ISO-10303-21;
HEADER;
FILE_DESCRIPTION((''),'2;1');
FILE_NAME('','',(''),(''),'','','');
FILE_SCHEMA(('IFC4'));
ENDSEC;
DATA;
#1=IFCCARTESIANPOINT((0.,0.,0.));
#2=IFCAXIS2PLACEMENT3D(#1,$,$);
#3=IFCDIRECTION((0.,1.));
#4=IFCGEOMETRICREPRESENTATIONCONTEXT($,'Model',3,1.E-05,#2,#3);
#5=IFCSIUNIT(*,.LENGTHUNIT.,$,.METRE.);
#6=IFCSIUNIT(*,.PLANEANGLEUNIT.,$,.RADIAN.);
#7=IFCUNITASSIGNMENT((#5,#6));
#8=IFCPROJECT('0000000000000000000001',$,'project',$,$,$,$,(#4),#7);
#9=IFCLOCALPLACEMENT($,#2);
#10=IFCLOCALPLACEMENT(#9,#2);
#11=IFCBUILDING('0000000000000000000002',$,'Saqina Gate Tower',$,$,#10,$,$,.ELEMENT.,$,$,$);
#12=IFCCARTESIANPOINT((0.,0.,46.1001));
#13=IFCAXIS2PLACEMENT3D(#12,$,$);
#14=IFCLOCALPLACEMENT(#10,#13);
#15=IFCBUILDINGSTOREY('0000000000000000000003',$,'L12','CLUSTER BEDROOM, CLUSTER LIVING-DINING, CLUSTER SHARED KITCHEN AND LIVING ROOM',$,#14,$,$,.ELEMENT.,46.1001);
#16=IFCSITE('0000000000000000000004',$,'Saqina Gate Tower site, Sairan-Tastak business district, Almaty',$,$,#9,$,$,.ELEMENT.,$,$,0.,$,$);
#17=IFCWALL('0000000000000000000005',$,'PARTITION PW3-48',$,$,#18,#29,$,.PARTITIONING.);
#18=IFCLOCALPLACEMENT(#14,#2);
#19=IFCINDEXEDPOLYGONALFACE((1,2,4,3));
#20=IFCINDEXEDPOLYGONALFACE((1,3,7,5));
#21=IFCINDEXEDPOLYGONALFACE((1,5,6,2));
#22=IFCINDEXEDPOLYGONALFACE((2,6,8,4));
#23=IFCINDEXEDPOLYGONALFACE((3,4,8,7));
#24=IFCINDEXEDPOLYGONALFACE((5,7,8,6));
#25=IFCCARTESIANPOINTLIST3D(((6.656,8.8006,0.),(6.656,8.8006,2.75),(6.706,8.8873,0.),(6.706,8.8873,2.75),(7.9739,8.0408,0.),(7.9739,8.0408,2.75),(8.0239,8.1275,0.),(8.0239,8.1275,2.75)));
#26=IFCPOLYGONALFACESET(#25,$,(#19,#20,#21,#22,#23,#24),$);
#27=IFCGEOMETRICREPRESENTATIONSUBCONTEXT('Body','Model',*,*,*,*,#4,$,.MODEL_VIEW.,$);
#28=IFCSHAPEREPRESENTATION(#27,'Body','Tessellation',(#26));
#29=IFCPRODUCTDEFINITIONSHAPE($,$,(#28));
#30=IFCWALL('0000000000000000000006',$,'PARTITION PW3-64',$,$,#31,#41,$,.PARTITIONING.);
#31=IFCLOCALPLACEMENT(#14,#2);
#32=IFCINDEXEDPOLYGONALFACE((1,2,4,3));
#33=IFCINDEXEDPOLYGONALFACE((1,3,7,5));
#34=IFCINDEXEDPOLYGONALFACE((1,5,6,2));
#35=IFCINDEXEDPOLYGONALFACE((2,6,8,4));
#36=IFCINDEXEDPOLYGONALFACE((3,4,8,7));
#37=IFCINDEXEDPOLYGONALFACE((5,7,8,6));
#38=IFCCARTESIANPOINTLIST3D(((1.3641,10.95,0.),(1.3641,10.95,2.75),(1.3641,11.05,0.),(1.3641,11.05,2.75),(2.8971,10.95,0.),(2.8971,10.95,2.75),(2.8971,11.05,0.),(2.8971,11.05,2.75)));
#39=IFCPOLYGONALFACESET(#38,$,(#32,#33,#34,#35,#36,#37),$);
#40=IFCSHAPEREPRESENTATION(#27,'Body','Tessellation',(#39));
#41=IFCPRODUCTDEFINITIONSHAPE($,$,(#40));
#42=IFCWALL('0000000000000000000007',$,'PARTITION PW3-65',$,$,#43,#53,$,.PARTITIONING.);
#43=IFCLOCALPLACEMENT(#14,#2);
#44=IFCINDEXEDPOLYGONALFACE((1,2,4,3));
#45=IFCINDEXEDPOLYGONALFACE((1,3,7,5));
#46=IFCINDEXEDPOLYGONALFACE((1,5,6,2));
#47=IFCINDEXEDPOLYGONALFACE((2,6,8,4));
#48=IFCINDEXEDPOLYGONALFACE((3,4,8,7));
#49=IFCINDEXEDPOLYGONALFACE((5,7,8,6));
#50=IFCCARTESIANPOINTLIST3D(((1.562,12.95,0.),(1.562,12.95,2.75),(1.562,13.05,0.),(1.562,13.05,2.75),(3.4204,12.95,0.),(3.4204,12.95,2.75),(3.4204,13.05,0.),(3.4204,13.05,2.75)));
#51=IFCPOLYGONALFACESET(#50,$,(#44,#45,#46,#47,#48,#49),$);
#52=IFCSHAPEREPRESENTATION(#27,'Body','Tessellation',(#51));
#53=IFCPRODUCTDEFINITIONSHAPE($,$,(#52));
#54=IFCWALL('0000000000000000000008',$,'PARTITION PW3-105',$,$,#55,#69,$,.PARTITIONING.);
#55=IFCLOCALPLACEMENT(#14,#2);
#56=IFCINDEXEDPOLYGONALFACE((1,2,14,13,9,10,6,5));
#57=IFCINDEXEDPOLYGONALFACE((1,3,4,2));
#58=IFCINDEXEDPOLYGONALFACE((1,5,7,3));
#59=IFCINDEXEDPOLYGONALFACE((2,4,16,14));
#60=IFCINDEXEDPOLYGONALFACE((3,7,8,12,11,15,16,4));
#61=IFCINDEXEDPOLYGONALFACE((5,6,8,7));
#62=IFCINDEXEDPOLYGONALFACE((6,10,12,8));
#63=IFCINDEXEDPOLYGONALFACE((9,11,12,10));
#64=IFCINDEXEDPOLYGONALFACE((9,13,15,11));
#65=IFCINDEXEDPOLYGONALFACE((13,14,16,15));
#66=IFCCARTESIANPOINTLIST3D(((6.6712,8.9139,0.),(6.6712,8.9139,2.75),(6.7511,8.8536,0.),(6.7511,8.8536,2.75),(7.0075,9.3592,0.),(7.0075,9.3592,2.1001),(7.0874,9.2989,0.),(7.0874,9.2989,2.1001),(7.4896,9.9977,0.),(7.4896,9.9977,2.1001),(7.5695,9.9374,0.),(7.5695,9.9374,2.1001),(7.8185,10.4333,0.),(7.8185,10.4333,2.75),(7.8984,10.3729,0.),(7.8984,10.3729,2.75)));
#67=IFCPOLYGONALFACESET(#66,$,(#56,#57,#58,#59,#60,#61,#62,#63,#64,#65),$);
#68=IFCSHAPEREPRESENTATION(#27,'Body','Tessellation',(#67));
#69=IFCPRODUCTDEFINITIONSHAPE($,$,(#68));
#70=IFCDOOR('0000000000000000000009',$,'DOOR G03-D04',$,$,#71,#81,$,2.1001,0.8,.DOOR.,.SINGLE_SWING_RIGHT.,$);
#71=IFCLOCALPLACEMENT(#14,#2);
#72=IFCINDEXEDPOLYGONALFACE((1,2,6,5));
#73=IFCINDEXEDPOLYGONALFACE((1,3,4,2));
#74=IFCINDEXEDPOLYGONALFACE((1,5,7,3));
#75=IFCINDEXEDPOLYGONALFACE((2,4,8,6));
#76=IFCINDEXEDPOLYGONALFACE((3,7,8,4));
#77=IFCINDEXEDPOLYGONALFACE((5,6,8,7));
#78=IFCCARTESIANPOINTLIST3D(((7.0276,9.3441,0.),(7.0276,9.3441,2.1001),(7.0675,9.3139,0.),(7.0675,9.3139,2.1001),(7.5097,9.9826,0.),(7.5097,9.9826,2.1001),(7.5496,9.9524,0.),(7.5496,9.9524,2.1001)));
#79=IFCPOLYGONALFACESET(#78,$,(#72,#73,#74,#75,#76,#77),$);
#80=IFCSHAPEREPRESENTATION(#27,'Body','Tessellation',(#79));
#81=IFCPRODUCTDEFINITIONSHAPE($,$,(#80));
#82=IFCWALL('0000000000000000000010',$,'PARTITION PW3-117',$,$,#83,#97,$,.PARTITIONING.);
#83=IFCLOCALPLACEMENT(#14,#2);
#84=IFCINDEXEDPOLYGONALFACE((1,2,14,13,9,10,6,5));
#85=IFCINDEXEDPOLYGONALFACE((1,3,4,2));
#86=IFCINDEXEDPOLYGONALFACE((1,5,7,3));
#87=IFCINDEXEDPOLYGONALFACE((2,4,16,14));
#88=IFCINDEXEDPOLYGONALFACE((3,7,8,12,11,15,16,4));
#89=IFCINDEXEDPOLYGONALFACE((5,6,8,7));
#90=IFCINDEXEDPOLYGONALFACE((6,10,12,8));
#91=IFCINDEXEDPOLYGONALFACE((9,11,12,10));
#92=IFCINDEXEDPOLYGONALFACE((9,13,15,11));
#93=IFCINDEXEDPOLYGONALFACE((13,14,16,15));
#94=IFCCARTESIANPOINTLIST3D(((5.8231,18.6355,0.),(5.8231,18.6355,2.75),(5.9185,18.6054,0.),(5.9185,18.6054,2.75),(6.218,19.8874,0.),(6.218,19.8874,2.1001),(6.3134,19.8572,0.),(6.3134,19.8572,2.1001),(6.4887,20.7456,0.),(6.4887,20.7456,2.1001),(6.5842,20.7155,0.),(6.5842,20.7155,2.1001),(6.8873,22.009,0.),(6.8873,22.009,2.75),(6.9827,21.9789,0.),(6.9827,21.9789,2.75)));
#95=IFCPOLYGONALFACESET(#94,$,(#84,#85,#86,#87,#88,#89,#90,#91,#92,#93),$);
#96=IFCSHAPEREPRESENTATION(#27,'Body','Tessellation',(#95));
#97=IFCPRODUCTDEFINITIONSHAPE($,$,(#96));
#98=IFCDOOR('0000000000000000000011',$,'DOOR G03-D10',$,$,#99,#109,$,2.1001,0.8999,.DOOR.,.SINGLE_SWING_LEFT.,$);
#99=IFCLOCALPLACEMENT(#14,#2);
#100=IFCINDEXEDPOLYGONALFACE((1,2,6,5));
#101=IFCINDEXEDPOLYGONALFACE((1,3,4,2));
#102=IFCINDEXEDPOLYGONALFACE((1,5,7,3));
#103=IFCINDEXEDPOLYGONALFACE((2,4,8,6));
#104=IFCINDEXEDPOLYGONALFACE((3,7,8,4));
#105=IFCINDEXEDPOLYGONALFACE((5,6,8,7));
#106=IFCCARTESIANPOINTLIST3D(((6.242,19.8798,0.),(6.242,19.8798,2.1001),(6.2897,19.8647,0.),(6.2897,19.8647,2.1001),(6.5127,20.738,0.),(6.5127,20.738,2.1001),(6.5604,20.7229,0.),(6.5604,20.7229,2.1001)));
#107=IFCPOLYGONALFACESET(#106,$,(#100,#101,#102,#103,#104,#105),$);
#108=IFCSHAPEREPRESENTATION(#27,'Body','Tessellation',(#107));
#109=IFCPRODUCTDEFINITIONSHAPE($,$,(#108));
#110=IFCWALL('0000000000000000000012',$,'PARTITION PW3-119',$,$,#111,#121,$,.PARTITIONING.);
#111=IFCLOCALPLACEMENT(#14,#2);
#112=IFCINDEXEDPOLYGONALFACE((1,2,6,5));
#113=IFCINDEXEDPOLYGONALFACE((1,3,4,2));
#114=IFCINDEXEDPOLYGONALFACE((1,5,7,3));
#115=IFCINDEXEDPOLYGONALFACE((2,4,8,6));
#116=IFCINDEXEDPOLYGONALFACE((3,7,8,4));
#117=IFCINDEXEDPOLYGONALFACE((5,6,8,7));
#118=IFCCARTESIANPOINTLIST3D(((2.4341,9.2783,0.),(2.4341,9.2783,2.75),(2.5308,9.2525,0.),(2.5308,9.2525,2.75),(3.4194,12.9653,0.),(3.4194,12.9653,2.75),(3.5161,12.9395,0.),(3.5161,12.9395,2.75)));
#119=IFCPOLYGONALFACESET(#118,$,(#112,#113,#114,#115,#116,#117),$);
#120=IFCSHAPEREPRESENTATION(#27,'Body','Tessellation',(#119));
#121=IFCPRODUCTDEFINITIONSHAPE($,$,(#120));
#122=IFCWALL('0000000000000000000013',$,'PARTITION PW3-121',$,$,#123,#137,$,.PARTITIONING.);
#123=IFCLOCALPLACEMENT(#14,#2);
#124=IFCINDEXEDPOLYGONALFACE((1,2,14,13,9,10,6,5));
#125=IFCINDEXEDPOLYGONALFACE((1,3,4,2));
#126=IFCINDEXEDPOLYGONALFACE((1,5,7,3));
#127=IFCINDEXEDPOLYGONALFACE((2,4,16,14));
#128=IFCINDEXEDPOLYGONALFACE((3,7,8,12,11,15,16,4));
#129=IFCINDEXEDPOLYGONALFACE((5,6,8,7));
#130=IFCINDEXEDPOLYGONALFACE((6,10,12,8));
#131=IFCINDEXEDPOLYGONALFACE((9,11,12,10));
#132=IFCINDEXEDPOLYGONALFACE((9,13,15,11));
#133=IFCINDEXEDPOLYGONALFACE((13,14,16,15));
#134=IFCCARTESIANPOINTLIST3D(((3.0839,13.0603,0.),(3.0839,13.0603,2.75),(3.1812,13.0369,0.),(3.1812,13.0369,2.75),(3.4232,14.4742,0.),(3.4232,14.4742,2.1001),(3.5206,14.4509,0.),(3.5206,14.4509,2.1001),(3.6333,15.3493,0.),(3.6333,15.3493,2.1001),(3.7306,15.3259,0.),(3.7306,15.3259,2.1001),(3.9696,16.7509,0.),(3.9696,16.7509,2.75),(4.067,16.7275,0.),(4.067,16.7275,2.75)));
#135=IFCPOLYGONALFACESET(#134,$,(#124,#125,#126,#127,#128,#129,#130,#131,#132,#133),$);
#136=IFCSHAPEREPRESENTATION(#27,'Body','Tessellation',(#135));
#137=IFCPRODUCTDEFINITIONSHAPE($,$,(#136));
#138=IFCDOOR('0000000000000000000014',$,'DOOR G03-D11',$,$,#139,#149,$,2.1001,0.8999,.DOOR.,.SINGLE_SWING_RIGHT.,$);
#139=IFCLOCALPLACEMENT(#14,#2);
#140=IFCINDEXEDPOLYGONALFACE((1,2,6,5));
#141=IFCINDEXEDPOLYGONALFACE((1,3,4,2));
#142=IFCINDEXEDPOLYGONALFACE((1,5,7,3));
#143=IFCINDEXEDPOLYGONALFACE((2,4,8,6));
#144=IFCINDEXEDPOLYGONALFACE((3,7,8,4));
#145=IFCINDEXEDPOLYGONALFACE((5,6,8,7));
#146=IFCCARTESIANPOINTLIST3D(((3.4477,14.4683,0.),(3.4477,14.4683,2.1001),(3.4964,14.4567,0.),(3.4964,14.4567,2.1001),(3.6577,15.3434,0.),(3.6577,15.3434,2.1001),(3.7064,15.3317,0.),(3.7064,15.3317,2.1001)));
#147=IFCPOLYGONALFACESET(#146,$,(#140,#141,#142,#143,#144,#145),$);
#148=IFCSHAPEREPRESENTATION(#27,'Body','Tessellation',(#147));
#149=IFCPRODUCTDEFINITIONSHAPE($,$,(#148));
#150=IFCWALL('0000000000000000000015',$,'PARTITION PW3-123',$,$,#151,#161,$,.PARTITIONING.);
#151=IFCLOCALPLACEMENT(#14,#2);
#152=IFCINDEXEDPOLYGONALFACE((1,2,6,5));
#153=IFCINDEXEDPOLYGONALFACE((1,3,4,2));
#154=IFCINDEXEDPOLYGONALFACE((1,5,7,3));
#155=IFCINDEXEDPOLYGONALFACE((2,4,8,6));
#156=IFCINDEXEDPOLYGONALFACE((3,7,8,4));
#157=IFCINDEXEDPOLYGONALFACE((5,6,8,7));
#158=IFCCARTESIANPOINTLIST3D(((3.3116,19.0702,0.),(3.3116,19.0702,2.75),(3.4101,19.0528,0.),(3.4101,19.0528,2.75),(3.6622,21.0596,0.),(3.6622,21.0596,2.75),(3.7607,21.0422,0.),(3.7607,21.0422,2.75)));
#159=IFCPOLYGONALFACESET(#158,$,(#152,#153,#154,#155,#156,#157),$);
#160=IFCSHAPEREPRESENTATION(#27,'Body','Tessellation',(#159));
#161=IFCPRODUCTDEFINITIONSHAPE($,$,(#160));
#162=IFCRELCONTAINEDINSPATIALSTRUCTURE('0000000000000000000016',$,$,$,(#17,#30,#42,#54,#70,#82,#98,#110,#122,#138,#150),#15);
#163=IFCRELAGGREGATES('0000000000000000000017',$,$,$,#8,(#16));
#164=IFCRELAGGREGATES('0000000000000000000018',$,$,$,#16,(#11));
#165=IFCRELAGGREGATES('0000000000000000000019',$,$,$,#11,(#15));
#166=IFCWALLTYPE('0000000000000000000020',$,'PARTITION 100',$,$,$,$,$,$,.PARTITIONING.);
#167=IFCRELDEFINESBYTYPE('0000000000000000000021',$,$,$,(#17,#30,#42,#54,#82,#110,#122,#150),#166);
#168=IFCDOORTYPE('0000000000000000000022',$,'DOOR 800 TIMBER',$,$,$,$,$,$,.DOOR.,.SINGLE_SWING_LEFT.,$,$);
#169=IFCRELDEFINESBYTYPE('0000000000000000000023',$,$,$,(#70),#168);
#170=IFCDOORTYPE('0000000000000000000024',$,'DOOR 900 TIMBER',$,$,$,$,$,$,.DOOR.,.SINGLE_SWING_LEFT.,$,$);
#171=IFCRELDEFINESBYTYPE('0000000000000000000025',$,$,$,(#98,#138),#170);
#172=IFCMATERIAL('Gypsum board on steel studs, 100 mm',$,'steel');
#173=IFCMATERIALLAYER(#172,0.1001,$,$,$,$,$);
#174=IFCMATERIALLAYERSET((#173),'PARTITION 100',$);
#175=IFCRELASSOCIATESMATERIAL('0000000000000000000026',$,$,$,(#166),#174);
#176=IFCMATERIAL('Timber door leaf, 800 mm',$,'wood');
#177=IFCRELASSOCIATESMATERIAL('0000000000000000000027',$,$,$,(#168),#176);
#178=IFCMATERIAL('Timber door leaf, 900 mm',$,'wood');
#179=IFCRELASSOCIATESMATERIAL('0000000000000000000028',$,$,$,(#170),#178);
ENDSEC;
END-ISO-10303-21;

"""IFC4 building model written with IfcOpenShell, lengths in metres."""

from ifc_helpers import new_model, si_unit, direction, frame, frame_2d, origin, place, context, subcontext, project, spatial, rectangle, extrude, material, layer, layer_set, type_object, element, fill, save


model = new_model("IFC4")

# Units and contexts
model_context = context("Model", 3, precision=1e-05, world=origin(), true_north=direction((0.0, 1.0)))
body_context = subcontext(model_context, "Body", "Model", "MODEL_VIEW")
ifc_project = project(units=[si_unit("LENGTHUNIT", "METRE"), si_unit("PLANEANGLEUNIT", "RADIAN")], contexts=[model_context])

# Site, building, storey
site_placement = place(None, origin())
site = spatial("IfcSite", under=ifc_project, at=site_placement, Name="Saqina Gate Tower site, Sairan-Tastak business district, Almaty", CompositionType="ELEMENT", RefElevation=0.0)
building_placement = place(site_placement, origin())
building = spatial("IfcBuilding", under=site, at=building_placement, Name="Saqina Gate Tower", CompositionType="ELEMENT")
storey_placement = place(building_placement, frame((0.0, 0.0, 46.1001)))
storey = spatial("IfcBuildingStorey", under=building, at=storey_placement, Name="L12", Description="CLUSTER BEDROOM, CLUSTER LIVING-DINING, CLUSTER SHARED KITCHEN AND LIVING ROOM", CompositionType="ELEMENT", Elevation=46.1001)

# Walls
ifc_material_1 = material(Name="Gypsum board on steel studs, 100 mm", Category="steel")
ifc_layer_1 = layer(ifc_material_1, 0.1001)
ifc_layer_set_1 = layer_set([ifc_layer_1], Name="PARTITION 100")
wall_type_1 = type_object("IfcWallType", Name="PARTITION 100", PredefinedType="PARTITIONING", material=ifc_layer_set_1)
wall_1_placement = place(storey_placement, frame((6.6809, 8.844, 0.0), z_axis=(0.0, 0.0, 1.0), x_axis=(0.866341, -0.499454, 0.0)))
element("IfcWall", 1, at=wall_1_placement, inside=storey, type_object=wall_type_1, Name="PARTITION PW3-48", PredefinedType="PARTITIONING", context=body_context, shape_type="SweptSolid", body=[
    extrude(rectangle(XDim=1.5212, YDim=0.1001, at=frame_2d((0.7607, 0.0))), origin(), (0.0, 0.0, 1.0), 2.75),
])
wall_2_placement = place(storey_placement, frame((1.364, 11.0, 0.0), z_axis=(0.0, 0.0, 1.0), x_axis=(1.0, 0.0, 0.0)))
element("IfcWall", 2, at=wall_2_placement, inside=storey, type_object=wall_type_1, Name="PARTITION PW3-64", PredefinedType="PARTITIONING", context=body_context, shape_type="SweptSolid", body=[
    extrude(rectangle(XDim=1.533, YDim=0.1001, at=frame_2d((0.7666, 0.0))), origin(), (0.0, 0.0, 1.0), 2.75),
])
wall_3_placement = place(storey_placement, frame((1.562, 13.0, 0.0), z_axis=(0.0, 0.0, 1.0), x_axis=(1.0, 0.0, 0.0)))
element("IfcWall", 3, at=wall_3_placement, inside=storey, type_object=wall_type_1, Name="PARTITION PW3-65", PredefinedType="PARTITIONING", context=body_context, shape_type="SweptSolid", body=[
    extrude(rectangle(XDim=1.8584, YDim=0.1001, at=frame_2d((0.9292, 0.0))), origin(), (0.0, 0.0, 1.0), 2.75),
])

# Walls, openings, doors
wall_4_placement = place(storey_placement, frame((6.7112, 8.8838, 0.0), z_axis=(0.0, 0.0, 1.0), x_axis=(0.602603, 0.798041, 0.0)))
wall_4 = element("IfcWall", 4, at=wall_4_placement, inside=storey, type_object=wall_type_1, Name="PARTITION PW3-105", PredefinedType="PARTITIONING", context=body_context, shape_type="SweptSolid", body=[
    extrude(rectangle(XDim=1.9038, YDim=0.1001, at=frame_2d((0.9519, 0.0))), origin(), (0.0, 0.0, 1.0), 2.75),
])
opening_1_placement = place(wall_4_placement, frame((0.5581, 0.0, 0.0)))
opening_1 = element("IfcOpeningElement", 5, at=opening_1_placement, cuts=wall_4, PredefinedType="OPENING", context=body_context, shape_type="SweptSolid", body=[
    extrude(rectangle(XDim=0.8, YDim=2.1001, at=frame_2d((0.3999, 1.05))), frame((0.0, 0.062, 0.0), z_axis=(0.0, -1.0, 0.0), x_axis=(1.0, 0.0, 0.0)), (0.0, 0.0, 1.0), 0.124),
])
ifc_material_2 = material(Name="Timber door leaf, 800 mm", Category="wood")
door_type_1 = type_object("IfcDoorType", Name="DOOR 800 TIMBER", OperationType="SINGLE_SWING_LEFT", PredefinedType="DOOR", material=ifc_material_2)
door_1_placement = place(opening_1_placement, origin())
door_1 = element("IfcDoor", 6, at=door_1_placement, inside=storey, type_object=door_type_1, Name="DOOR G03-D04", OperationType="SINGLE_SWING_RIGHT", OverallHeight=2.1001, OverallWidth=0.8, PredefinedType="DOOR", context=body_context, shape_type="SweptSolid", body=[
    extrude(rectangle(XDim=0.8, YDim=2.1001, at=frame_2d((0.3999, 1.05))), frame((0.0, 0.0249, 0.0), z_axis=(0.0, -1.0, 0.0), x_axis=(1.0, 0.0, 0.0)), (0.0, 0.0, 1.0), 0.05),
])
fill(opening_1, door_1)
wall_5_placement = place(storey_placement, frame((5.8708, 18.6206, 0.0), z_axis=(0.0, 0.0, 1.0), x_axis=(0.300844, 0.953673, 0.0)))
wall_5 = element("IfcWall", 7, at=wall_5_placement, inside=storey, type_object=wall_type_1, Name="PARTITION PW3-117", PredefinedType="PARTITIONING", context=body_context, shape_type="SweptSolid", body=[
    extrude(rectangle(XDim=3.5374, YDim=0.1001, at=frame_2d((1.7686, 0.0))), origin(), (0.0, 0.0, 1.0), 2.75),
])
opening_2_placement = place(wall_5_placement, frame((1.3125, 0.0, 0.0)))
opening_2 = element("IfcOpeningElement", 8, at=opening_2_placement, cuts=wall_5, PredefinedType="OPENING", context=body_context, shape_type="SweptSolid", body=[
    extrude(rectangle(XDim=0.8999, YDim=2.1001, at=frame_2d((0.45, 1.05))), frame((0.0, 0.062, 0.0), z_axis=(0.0, -1.0, 0.0), x_axis=(1.0, 0.0, 0.0)), (0.0, 0.0, 1.0), 0.124),
])
ifc_material_3 = material(Name="Timber door leaf, 900 mm", Category="wood")
door_type_2 = type_object("IfcDoorType", Name="DOOR 900 TIMBER", OperationType="SINGLE_SWING_LEFT", PredefinedType="DOOR", material=ifc_material_3)
door_2_placement = place(opening_2_placement, origin())
door_2 = element("IfcDoor", 9, at=door_2_placement, inside=storey, type_object=door_type_2, Name="DOOR G03-D10", OperationType="SINGLE_SWING_LEFT", OverallHeight=2.1001, OverallWidth=0.8999, PredefinedType="DOOR", context=body_context, shape_type="SweptSolid", body=[
    extrude(rectangle(XDim=0.8999, YDim=2.1001, at=frame_2d((0.45, 1.05))), frame((0.0, 0.0249, 0.0), z_axis=(0.0, -1.0, 0.0), x_axis=(1.0, 0.0, 0.0)), (0.0, 0.0, 1.0), 0.05),
])
fill(opening_2, door_2)

# Wall
wall_6_placement = place(storey_placement, frame((2.4824, 9.2654, 0.0), z_axis=(0.0, 0.0, 1.0), x_axis=(0.258188, 0.966095, 0.0)))
element("IfcWall", 10, at=wall_6_placement, inside=storey, type_object=wall_type_1, Name="PARTITION PW3-119", PredefinedType="PARTITIONING", context=body_context, shape_type="SweptSolid", body=[
    extrude(rectangle(XDim=3.8164, YDim=0.1001, at=frame_2d((1.9082, 0.0))), origin(), (0.0, 0.0, 1.0), 2.75),
])

# Wall, opening, door
wall_7_placement = place(storey_placement, frame((3.1326, 13.0486, 0.0), z_axis=(0.0, 0.0, 1.0), x_axis=(0.233368, 0.972388, 0.0)))
wall_7 = element("IfcWall", 11, at=wall_7_placement, inside=storey, type_object=wall_type_1, Name="PARTITION PW3-121", PredefinedType="PARTITIONING", context=body_context, shape_type="SweptSolid", body=[
    extrude(rectangle(XDim=3.7954, YDim=0.1001, at=frame_2d((1.8977, 0.0))), origin(), (0.0, 0.0, 1.0), 2.75),
])
opening_3_placement = place(wall_7_placement, frame((1.4541, 0.0, 0.0)))
opening_3 = element("IfcOpeningElement", 12, at=opening_3_placement, cuts=wall_7, PredefinedType="OPENING", context=body_context, shape_type="SweptSolid", body=[
    extrude(rectangle(XDim=0.8999, YDim=2.1001, at=frame_2d((0.45, 1.05))), frame((0.0, 0.062, 0.0), z_axis=(0.0, -1.0, 0.0), x_axis=(1.0, 0.0, 0.0)), (0.0, 0.0, 1.0), 0.124),
])
door_3_placement = place(opening_3_placement, origin())
door_3 = element("IfcDoor", 13, at=door_3_placement, inside=storey, type_object=door_type_2, Name="DOOR G03-D11", OperationType="SINGLE_SWING_RIGHT", OverallHeight=2.1001, OverallWidth=0.8999, PredefinedType="DOOR", context=body_context, shape_type="SweptSolid", body=[
    extrude(rectangle(XDim=0.8999, YDim=2.1001, at=frame_2d((0.45, 1.05))), frame((0.0, 0.0249, 0.0), z_axis=(0.0, -1.0, 0.0), x_axis=(1.0, 0.0, 0.0)), (0.0, 0.0, 1.0), 0.05),
])
fill(opening_3, door_3)

# Wall
wall_8_placement = place(storey_placement, frame((3.3608, 19.0615, 0.0), z_axis=(0.0, 0.0, 1.0), x_axis=(0.173565, 0.984822, 0.0)))
element("IfcWall", 14, at=wall_8_placement, inside=storey, type_object=wall_type_1, Name="PARTITION PW3-123", PredefinedType="PARTITIONING", context=body_context, shape_type="SweptSolid", body=[
    extrude(rectangle(XDim=2.02, YDim=0.1001, at=frame_2d((1.01, 0.0))), origin(), (0.0, 0.0, 1.0), 2.75),
])

save(model, "model.ifc")
